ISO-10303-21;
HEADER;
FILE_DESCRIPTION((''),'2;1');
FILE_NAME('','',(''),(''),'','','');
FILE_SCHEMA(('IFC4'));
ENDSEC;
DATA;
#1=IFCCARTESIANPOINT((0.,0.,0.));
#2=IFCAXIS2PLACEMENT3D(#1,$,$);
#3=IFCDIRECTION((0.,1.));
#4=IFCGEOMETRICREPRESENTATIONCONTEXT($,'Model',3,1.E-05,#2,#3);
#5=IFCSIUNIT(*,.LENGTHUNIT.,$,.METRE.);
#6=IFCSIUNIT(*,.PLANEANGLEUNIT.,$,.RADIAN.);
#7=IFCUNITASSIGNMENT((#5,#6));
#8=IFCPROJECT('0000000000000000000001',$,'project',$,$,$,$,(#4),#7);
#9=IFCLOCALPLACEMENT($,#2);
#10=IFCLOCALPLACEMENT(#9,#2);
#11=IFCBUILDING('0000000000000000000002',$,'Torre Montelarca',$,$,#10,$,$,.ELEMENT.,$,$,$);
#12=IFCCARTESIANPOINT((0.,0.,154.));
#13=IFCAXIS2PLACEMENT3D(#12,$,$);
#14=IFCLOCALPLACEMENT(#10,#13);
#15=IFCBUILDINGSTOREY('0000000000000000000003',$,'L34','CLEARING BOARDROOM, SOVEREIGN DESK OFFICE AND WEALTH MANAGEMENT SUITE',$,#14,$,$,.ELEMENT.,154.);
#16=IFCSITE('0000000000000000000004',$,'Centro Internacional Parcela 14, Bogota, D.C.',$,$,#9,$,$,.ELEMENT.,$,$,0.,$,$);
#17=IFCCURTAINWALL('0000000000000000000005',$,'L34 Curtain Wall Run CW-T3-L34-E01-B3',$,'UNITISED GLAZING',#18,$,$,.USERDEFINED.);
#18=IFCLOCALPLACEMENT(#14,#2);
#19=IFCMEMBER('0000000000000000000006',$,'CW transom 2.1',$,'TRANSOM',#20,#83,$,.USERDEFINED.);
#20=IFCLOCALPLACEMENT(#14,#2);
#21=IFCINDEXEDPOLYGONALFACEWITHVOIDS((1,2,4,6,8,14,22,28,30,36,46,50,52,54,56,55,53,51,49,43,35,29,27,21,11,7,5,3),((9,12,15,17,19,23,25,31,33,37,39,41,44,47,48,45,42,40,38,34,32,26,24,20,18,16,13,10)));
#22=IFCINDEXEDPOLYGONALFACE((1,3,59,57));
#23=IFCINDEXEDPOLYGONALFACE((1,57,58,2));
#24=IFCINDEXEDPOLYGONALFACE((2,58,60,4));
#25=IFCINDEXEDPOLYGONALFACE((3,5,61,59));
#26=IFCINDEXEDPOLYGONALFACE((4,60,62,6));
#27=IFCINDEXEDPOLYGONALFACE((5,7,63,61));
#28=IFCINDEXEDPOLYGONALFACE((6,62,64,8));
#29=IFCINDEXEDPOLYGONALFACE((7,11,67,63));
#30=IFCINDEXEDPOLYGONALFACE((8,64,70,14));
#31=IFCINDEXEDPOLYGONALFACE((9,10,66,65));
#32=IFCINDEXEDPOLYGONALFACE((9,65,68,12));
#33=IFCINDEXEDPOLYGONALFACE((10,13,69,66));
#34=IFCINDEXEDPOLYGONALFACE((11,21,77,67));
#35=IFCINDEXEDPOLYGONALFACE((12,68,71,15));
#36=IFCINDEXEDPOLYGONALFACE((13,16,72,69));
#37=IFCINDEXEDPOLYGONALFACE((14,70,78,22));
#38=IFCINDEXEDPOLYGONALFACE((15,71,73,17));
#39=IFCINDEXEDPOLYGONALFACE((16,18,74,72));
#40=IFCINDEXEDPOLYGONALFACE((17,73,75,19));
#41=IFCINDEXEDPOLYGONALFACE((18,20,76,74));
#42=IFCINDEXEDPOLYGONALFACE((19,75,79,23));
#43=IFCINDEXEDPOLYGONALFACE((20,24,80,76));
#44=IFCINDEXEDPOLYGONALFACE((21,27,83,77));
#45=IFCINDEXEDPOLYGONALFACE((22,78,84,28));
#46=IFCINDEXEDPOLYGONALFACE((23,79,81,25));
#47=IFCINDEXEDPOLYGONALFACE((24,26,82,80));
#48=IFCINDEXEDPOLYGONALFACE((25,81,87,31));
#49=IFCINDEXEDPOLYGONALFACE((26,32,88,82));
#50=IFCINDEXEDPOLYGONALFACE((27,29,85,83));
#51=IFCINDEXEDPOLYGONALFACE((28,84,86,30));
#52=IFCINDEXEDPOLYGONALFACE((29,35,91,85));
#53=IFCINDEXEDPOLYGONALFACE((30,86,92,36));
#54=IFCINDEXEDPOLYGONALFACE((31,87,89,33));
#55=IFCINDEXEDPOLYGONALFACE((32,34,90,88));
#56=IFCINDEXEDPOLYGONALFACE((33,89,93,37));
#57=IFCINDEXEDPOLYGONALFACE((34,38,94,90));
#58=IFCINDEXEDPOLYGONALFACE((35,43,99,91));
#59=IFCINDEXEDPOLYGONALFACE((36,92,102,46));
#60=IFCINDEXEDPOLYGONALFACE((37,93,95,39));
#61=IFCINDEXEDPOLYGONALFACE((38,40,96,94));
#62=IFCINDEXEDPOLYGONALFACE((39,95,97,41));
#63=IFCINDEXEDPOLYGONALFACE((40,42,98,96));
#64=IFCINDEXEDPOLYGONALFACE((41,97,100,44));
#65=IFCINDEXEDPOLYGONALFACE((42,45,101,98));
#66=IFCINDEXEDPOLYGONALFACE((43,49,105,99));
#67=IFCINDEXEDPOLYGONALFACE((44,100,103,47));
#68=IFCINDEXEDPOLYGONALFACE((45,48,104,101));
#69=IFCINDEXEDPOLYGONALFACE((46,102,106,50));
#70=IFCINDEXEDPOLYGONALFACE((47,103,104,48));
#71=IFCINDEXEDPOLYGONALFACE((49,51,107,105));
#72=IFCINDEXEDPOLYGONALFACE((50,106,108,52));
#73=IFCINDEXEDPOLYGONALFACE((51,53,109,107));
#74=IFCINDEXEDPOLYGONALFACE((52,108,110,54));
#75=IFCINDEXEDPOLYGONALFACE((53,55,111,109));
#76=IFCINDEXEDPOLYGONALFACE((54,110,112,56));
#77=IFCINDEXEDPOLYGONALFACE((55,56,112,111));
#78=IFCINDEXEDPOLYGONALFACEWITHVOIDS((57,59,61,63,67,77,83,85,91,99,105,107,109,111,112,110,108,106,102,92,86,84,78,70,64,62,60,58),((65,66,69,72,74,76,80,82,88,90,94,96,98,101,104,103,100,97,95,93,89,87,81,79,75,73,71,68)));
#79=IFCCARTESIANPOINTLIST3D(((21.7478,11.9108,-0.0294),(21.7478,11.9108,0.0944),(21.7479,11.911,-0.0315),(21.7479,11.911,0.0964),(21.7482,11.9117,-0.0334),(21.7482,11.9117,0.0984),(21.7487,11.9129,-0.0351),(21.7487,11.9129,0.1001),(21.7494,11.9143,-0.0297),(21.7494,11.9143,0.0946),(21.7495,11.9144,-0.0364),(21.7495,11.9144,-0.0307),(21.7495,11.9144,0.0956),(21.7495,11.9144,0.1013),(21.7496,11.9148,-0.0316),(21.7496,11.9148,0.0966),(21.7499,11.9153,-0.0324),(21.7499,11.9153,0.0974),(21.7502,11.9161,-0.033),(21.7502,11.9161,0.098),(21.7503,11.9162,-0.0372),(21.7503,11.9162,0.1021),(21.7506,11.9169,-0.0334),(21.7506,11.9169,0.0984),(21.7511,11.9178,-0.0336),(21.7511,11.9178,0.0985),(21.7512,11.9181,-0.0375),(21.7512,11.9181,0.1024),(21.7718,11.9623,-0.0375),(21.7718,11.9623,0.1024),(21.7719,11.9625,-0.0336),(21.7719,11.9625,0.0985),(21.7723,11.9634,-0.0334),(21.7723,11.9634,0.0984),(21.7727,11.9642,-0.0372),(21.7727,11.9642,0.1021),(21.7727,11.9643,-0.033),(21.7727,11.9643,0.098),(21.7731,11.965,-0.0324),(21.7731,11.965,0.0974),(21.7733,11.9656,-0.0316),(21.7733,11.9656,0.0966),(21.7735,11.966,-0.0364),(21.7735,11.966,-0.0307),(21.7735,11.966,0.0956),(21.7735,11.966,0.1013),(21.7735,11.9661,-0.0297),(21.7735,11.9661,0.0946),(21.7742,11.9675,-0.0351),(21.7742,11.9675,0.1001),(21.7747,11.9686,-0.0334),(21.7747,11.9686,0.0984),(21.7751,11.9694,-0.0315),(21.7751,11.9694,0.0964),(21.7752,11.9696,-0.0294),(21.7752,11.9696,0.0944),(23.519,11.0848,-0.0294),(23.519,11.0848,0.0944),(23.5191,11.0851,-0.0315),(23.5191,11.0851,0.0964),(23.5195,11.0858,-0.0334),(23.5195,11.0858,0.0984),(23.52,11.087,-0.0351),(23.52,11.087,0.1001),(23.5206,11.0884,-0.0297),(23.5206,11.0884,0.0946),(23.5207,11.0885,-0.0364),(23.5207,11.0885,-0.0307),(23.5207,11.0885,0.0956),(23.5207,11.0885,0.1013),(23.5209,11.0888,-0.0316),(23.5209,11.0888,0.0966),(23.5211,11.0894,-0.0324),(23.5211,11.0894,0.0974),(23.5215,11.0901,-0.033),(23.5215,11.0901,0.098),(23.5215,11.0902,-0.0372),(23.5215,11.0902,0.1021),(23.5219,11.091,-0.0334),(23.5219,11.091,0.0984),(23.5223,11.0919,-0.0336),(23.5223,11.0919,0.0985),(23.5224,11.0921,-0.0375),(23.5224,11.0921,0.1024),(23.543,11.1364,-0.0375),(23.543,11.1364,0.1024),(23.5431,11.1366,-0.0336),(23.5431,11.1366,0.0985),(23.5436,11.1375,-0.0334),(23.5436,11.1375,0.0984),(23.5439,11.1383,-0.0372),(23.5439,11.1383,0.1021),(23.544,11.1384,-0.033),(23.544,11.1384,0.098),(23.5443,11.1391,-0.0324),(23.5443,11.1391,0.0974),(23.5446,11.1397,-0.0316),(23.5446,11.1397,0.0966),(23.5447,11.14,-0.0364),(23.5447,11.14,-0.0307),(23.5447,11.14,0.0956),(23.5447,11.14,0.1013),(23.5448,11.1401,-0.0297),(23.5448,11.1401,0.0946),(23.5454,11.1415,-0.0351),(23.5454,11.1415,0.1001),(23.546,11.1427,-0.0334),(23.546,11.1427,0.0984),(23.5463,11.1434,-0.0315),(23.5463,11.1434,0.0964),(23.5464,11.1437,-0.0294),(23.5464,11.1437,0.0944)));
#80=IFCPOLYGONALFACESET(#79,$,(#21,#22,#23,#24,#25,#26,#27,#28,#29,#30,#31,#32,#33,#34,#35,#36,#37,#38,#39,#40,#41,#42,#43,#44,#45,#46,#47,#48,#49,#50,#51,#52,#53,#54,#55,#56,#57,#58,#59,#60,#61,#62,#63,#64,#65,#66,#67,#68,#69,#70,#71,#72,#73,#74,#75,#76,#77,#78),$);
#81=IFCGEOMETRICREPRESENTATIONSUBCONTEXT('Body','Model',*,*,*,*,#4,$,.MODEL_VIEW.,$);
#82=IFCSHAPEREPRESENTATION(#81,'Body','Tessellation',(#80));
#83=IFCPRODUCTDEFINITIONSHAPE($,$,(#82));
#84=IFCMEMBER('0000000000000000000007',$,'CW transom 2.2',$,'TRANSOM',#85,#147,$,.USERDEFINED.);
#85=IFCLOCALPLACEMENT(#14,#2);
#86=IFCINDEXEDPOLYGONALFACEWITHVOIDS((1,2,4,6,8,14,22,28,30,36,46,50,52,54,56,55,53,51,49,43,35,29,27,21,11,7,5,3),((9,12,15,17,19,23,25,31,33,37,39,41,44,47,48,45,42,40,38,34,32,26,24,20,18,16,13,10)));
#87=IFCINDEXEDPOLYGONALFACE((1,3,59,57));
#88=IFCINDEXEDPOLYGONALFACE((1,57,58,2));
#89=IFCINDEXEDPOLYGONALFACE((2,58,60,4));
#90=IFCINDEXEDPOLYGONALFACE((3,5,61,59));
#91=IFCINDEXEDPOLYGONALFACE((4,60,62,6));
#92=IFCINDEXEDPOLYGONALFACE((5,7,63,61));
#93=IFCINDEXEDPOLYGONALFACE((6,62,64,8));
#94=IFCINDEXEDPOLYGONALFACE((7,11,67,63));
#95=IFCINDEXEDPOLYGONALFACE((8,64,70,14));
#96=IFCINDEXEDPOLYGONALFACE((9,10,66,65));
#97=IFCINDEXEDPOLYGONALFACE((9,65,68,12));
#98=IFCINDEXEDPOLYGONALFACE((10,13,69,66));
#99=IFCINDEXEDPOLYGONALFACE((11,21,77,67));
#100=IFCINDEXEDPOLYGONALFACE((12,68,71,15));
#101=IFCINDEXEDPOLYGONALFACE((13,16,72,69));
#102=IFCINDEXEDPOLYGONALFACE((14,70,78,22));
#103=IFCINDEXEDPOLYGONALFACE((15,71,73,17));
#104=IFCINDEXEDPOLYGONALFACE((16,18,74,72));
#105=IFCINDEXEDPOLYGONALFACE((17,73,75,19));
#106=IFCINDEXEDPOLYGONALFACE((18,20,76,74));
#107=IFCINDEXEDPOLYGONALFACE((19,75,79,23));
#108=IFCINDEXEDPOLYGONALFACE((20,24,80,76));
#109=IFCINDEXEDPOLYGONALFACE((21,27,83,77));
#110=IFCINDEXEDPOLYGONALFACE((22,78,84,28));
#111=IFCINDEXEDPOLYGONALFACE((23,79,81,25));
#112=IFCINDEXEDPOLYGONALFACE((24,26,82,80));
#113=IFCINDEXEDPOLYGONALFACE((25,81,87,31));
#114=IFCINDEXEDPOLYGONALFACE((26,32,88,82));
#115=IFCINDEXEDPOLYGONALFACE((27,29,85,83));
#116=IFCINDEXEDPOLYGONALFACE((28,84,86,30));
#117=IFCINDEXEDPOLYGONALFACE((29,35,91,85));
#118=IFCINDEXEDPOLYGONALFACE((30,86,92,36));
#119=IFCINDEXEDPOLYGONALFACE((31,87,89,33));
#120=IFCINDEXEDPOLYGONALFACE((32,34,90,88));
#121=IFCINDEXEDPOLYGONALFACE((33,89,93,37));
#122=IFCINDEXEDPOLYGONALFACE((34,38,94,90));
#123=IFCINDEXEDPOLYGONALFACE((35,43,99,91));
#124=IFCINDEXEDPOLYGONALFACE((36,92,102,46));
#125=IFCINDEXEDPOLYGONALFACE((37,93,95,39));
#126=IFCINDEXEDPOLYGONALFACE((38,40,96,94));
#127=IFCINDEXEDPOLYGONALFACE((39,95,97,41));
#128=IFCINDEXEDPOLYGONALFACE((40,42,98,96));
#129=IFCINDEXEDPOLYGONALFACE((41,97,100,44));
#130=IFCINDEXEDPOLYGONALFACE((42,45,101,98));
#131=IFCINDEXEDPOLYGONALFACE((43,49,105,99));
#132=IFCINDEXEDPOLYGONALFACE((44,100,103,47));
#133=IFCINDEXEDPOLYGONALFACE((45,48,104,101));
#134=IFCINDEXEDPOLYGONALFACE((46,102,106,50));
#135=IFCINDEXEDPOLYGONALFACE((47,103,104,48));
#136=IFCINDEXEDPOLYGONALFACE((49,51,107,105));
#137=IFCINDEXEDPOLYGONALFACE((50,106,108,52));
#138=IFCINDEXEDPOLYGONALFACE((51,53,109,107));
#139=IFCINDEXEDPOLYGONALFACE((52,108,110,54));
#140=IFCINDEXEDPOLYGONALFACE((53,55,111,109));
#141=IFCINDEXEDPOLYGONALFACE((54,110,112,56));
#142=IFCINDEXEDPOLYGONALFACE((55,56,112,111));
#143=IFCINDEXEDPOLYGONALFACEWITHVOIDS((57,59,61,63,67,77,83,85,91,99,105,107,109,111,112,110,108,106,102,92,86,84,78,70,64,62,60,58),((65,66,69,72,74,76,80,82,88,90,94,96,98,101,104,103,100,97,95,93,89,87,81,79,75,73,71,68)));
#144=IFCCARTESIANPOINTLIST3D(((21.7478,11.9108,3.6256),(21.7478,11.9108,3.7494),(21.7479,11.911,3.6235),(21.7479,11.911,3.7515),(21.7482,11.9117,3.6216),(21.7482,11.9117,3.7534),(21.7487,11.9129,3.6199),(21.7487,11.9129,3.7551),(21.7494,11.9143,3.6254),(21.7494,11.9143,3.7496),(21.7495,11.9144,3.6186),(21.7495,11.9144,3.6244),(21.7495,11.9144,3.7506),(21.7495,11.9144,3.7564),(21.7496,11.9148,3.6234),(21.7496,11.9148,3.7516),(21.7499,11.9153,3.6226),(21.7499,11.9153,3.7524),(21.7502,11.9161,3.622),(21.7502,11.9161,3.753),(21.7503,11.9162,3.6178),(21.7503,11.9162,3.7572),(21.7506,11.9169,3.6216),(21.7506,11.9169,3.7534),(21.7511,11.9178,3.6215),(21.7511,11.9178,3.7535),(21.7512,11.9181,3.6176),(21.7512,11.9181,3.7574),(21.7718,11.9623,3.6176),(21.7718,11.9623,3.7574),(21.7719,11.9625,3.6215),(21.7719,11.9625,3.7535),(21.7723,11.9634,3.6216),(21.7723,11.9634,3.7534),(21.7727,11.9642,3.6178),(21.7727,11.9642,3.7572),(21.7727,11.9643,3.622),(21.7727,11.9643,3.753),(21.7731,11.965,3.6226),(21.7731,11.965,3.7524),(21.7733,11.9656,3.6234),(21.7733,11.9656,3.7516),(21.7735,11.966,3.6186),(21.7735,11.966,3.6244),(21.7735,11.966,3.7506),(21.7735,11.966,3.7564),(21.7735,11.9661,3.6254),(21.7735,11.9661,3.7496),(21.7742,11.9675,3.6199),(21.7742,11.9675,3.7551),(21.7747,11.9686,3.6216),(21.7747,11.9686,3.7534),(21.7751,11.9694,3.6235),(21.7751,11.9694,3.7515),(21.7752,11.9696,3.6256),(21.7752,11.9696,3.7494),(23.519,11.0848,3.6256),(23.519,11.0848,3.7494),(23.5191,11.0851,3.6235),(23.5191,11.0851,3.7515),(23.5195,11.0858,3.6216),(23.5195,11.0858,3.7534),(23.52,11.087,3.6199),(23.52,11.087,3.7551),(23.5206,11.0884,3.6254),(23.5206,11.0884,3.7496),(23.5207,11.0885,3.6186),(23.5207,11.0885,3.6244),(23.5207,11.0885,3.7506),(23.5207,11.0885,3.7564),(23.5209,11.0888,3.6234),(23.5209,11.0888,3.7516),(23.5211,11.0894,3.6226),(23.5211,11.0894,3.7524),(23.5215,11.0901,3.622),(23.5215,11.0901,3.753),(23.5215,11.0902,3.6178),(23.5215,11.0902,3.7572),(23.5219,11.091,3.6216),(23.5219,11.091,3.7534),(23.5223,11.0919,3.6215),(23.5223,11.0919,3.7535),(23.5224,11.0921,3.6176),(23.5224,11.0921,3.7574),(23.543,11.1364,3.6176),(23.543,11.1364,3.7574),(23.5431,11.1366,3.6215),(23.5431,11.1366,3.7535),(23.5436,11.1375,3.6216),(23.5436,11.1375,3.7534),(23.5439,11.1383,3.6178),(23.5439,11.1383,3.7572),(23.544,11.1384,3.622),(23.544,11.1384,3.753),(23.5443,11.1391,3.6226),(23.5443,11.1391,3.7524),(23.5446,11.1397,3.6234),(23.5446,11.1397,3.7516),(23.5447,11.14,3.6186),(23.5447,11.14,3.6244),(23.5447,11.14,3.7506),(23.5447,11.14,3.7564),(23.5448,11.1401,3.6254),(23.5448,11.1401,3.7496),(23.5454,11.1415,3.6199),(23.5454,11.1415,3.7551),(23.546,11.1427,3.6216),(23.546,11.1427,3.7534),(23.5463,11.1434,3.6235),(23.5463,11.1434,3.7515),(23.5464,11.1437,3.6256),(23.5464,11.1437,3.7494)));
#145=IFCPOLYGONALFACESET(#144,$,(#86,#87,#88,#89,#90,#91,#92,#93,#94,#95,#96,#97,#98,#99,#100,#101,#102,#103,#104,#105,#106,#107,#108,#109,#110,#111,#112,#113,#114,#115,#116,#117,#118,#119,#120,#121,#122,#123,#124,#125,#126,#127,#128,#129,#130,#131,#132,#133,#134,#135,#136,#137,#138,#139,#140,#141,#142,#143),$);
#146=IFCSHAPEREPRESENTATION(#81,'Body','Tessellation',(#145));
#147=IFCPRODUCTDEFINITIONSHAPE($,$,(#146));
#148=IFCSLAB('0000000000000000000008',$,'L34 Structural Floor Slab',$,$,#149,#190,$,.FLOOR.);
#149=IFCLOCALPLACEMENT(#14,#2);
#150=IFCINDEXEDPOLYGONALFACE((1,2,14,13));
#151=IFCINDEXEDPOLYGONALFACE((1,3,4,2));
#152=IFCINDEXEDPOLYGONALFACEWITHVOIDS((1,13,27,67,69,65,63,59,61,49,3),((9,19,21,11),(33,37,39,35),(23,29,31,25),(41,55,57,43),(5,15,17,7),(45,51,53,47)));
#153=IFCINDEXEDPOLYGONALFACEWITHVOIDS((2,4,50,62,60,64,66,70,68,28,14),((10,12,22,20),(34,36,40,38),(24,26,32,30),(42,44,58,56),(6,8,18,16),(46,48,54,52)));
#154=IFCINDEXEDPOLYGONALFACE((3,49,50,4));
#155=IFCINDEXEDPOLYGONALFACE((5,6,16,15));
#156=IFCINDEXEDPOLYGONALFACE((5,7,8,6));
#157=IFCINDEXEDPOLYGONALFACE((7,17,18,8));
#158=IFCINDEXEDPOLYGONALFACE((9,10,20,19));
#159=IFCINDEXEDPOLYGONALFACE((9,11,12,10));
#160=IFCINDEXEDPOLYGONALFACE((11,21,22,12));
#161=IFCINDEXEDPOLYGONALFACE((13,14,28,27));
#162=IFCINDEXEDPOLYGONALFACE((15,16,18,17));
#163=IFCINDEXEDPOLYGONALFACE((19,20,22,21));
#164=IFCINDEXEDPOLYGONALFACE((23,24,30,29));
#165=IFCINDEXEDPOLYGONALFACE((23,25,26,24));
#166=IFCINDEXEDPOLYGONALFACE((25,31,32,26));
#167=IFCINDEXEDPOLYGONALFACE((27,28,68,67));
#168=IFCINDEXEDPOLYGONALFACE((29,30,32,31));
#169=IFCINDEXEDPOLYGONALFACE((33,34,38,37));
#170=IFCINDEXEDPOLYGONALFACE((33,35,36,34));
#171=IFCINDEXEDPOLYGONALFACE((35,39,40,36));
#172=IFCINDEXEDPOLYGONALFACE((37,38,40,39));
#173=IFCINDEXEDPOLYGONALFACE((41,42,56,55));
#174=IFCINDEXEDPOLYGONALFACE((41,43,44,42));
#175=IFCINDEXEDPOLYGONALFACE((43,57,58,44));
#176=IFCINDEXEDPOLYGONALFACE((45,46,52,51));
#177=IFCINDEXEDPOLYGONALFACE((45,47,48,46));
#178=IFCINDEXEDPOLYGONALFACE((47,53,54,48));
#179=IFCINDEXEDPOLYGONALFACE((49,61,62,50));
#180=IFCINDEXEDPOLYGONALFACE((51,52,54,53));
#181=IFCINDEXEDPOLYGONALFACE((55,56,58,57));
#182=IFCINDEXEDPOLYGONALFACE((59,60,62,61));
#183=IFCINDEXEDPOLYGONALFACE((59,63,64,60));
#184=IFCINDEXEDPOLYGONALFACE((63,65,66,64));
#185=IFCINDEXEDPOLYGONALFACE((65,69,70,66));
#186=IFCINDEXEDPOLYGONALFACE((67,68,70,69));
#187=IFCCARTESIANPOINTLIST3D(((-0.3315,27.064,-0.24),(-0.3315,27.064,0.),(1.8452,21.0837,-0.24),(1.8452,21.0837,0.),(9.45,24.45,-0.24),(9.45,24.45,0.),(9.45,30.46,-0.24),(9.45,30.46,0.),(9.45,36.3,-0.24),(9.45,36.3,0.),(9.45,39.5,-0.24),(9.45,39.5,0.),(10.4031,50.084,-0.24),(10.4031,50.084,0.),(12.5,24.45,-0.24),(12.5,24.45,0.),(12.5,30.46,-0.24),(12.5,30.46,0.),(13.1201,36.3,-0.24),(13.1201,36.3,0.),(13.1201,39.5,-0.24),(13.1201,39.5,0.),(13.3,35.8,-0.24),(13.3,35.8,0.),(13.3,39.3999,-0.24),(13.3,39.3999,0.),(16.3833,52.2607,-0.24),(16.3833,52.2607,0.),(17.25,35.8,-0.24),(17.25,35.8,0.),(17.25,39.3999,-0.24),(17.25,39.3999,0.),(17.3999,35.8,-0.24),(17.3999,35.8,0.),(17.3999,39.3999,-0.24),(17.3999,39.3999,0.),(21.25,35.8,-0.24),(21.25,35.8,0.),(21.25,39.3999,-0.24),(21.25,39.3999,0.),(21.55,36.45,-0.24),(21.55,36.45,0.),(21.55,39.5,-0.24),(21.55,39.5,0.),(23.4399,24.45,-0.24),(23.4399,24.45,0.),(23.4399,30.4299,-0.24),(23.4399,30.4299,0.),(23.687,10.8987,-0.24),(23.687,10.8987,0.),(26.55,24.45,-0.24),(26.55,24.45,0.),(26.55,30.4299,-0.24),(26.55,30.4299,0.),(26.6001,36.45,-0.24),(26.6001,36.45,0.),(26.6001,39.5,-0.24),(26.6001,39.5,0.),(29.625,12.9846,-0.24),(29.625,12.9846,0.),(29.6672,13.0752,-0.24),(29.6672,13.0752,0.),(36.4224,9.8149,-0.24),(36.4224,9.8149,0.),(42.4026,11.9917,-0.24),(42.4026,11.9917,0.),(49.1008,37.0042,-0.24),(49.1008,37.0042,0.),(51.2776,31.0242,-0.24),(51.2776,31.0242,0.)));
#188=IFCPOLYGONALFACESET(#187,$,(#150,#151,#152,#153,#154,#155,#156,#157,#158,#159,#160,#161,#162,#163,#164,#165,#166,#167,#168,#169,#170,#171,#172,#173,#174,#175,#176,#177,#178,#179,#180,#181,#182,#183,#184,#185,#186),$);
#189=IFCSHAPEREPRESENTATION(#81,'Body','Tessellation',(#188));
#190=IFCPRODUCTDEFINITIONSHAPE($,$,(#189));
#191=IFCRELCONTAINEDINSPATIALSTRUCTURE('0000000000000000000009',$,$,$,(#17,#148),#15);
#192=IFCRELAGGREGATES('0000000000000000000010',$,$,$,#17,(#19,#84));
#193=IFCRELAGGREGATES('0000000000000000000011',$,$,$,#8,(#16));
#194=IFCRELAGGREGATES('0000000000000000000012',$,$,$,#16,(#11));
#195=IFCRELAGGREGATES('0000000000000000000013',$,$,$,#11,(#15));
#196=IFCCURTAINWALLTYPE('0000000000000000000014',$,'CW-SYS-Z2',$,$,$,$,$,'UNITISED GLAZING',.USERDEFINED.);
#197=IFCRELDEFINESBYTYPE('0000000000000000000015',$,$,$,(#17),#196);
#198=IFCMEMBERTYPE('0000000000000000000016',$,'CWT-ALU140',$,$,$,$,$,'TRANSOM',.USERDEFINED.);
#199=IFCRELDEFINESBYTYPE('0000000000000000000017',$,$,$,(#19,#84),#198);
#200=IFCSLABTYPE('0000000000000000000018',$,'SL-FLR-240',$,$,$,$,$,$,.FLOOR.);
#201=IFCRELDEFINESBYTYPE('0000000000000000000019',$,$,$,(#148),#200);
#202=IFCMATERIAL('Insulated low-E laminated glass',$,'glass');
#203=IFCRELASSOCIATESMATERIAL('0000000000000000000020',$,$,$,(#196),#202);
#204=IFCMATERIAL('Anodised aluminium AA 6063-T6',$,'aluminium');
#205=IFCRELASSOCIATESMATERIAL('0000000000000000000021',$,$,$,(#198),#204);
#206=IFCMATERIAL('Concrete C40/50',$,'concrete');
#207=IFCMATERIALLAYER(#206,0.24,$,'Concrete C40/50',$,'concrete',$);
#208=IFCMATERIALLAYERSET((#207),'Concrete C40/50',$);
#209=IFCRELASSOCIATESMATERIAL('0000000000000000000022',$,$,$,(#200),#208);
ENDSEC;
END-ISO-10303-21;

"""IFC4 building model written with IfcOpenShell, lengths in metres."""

from ifc_helpers import new_model, si_unit, direction, frame, origin, origin_2d, place, context, subcontext, project, spatial, polyline, hollow_rectangle, outline, extrude, source, transform, mapped, material, layer, layer_set, material_profile, profile_set, type_object, element, aggregate, save


model = new_model("IFC4")

# Units and contexts
model_context = context("Model", 3, precision=1e-05, world=origin(), true_north=direction((0.0, 1.0)))
body_context = subcontext(model_context, "Body", "Model", "MODEL_VIEW")
ifc_project = project(units=[si_unit("LENGTHUNIT", "METRE"), si_unit("PLANEANGLEUNIT", "RADIAN")], contexts=[model_context])

# Site, building, storey
site_placement = place(None, origin())
site = spatial("IfcSite", under=ifc_project, at=site_placement, Name="Centro Internacional Parcela 14, Bogota, D.C.", CompositionType="ELEMENT", RefElevation=0.0)
building_placement = place(site_placement, origin())
building = spatial("IfcBuilding", under=site, at=building_placement, Name="Torre Montelarca", CompositionType="ELEMENT")
storey_placement = place(building_placement, frame((0.0, 0.0, 154.0)))
storey = spatial("IfcBuildingStorey", under=building, at=storey_placement, Name="L34", Description="CLEARING BOARDROOM, SOVEREIGN DESK OFFICE AND WEALTH MANAGEMENT SUITE", CompositionType="ELEMENT", Elevation=154.0)

# Shared definitions
ifc_material_1 = material(Name="Insulated low-E laminated glass", Category="glass")
curtain_wall_type = type_object("IfcCurtainWallType", Name="CW-SYS-Z2", ElementType="UNITISED GLAZING", PredefinedType="USERDEFINED", material=ifc_material_1)
ifc_material_2 = material(Name="Anodised aluminium AA 6063-T6", Category="aluminium")

# Curtain wall
curtain_wall_1_placement = place(storey_placement, origin())
curtain_wall_1 = element("IfcCurtainWall", 1, at=curtain_wall_1_placement, inside=storey, type_object=curtain_wall_type, Name="L34 Curtain Wall Run CW-T3-L34-E01-B3", ObjectType="UNITISED GLAZING", PredefinedType="USERDEFINED")

# Members
ifc_material_profile_1 = material_profile(ifc_material_2, hollow_rectangle(XDim=0.0649, YDim=0.1399, WallThickness=0.0039, InnerFilletRadius=0.0039, OuterFilletRadius=0.0081, at=origin_2d()), Name="ALU65X140X4", Category="aluminium")
ifc_profile_set_1 = profile_set([ifc_material_profile_1], Name="Anodised aluminium AA 6063-T6")
member_type_1 = type_object("IfcMemberType", Name="CWT-ALU140", ElementType="TRANSOM", PredefinedType="USERDEFINED", material=ifc_profile_set_1)
shared_shape_1 = source(origin(), body_context, "Body", "SweptSolid", [
    extrude(hollow_rectangle(XDim=0.0649, YDim=0.1399, WallThickness=0.0039, InnerFilletRadius=0.0039, OuterFilletRadius=0.0081, at=origin_2d()), origin(), (0.0, 0.0, 1.0), 1.9543),
])
member_1_placement = place(storey_placement, frame((21.7615, 11.9402, 0.0325), z_axis=(0.906311, -0.422612, 0.0), x_axis=(0.422612, 0.906311, 0.0)))
member_1 = element("IfcMember", 2, at=member_1_placement, type_object=member_type_1, Name="CW transom 2.1", ObjectType="TRANSOM", PredefinedType="USERDEFINED", context=body_context, shape_type="MappedRepresentation", body=[
    mapped(shared_shape_1, transform((0.0, 0.0, 0.0), scale=1.0)),
])
member_2_placement = place(storey_placement, frame((21.7615, 11.9402, 3.6875), z_axis=(0.906311, -0.422612, 0.0), x_axis=(0.422612, 0.906311, 0.0)))
member_2 = element("IfcMember", 3, at=member_2_placement, type_object=member_type_1, Name="CW transom 2.2", ObjectType="TRANSOM", PredefinedType="USERDEFINED", context=body_context, shape_type="MappedRepresentation", body=[
    mapped(shared_shape_1, transform((0.0, 0.0, 0.0), scale=1.0)),
])

# Slab
ifc_material_3 = material(Name="Concrete C40/50", Category="concrete")
ifc_layer_1 = layer(ifc_material_3, 0.24, Name="Concrete C40/50", Category="concrete")
ifc_layer_set_1 = layer_set([ifc_layer_1], Name="Concrete C40/50")
slab_type_1 = type_object("IfcSlabType", Name="SL-FLR-240", PredefinedType="FLOOR", material=ifc_layer_set_1)
slab_1_placement = place(storey_placement, frame((0.0, 0.0, -0.24)))
element("IfcSlab", 4, at=slab_1_placement, inside=storey, type_object=slab_type_1, Name="L34 Structural Floor Slab", PredefinedType="FLOOR", context=body_context, shape_type="SweptSolid", body=[
    extrude(outline(polyline([(23.687, 10.8987), (29.6672, 13.0752), (29.625, 12.9846), (36.4224, 9.8149), (42.4026, 11.9917), (51.2776, 31.0242), (49.1008, 37.0042), (16.3833, 52.2607), (10.4031, 50.084), (-0.3315, 27.064), (1.8452, 21.0837), (23.687, 10.8987)]), holes=[polyline([(26.55, 24.45), (23.4399, 24.45), (23.4399, 30.4299), (26.55, 30.4299), (26.55, 24.45)]), polyline([(9.45, 24.45), (9.45, 30.46), (12.5, 30.46), (12.5, 24.45), (9.45, 24.45)]), polyline([(17.25, 35.8), (13.3, 35.8), (13.3, 39.3999), (17.25, 39.3999), (17.25, 35.8)]), polyline([(21.25, 39.3999), (21.25, 35.8), (17.3999, 35.8), (17.3999, 39.3999), (21.25, 39.3999)]), polyline([(13.1201, 36.3), (9.45, 36.3), (9.45, 39.5), (13.1201, 39.5), (13.1201, 36.3)]), polyline([(26.6001, 36.45), (21.55, 36.45), (21.55, 39.5), (26.6001, 39.5), (26.6001, 36.45)])]), origin(), (0.0, 0.0, 1.0), 0.24),
])

aggregate(curtain_wall_1, [member_1, member_2])

save(model, "model.ifc")
